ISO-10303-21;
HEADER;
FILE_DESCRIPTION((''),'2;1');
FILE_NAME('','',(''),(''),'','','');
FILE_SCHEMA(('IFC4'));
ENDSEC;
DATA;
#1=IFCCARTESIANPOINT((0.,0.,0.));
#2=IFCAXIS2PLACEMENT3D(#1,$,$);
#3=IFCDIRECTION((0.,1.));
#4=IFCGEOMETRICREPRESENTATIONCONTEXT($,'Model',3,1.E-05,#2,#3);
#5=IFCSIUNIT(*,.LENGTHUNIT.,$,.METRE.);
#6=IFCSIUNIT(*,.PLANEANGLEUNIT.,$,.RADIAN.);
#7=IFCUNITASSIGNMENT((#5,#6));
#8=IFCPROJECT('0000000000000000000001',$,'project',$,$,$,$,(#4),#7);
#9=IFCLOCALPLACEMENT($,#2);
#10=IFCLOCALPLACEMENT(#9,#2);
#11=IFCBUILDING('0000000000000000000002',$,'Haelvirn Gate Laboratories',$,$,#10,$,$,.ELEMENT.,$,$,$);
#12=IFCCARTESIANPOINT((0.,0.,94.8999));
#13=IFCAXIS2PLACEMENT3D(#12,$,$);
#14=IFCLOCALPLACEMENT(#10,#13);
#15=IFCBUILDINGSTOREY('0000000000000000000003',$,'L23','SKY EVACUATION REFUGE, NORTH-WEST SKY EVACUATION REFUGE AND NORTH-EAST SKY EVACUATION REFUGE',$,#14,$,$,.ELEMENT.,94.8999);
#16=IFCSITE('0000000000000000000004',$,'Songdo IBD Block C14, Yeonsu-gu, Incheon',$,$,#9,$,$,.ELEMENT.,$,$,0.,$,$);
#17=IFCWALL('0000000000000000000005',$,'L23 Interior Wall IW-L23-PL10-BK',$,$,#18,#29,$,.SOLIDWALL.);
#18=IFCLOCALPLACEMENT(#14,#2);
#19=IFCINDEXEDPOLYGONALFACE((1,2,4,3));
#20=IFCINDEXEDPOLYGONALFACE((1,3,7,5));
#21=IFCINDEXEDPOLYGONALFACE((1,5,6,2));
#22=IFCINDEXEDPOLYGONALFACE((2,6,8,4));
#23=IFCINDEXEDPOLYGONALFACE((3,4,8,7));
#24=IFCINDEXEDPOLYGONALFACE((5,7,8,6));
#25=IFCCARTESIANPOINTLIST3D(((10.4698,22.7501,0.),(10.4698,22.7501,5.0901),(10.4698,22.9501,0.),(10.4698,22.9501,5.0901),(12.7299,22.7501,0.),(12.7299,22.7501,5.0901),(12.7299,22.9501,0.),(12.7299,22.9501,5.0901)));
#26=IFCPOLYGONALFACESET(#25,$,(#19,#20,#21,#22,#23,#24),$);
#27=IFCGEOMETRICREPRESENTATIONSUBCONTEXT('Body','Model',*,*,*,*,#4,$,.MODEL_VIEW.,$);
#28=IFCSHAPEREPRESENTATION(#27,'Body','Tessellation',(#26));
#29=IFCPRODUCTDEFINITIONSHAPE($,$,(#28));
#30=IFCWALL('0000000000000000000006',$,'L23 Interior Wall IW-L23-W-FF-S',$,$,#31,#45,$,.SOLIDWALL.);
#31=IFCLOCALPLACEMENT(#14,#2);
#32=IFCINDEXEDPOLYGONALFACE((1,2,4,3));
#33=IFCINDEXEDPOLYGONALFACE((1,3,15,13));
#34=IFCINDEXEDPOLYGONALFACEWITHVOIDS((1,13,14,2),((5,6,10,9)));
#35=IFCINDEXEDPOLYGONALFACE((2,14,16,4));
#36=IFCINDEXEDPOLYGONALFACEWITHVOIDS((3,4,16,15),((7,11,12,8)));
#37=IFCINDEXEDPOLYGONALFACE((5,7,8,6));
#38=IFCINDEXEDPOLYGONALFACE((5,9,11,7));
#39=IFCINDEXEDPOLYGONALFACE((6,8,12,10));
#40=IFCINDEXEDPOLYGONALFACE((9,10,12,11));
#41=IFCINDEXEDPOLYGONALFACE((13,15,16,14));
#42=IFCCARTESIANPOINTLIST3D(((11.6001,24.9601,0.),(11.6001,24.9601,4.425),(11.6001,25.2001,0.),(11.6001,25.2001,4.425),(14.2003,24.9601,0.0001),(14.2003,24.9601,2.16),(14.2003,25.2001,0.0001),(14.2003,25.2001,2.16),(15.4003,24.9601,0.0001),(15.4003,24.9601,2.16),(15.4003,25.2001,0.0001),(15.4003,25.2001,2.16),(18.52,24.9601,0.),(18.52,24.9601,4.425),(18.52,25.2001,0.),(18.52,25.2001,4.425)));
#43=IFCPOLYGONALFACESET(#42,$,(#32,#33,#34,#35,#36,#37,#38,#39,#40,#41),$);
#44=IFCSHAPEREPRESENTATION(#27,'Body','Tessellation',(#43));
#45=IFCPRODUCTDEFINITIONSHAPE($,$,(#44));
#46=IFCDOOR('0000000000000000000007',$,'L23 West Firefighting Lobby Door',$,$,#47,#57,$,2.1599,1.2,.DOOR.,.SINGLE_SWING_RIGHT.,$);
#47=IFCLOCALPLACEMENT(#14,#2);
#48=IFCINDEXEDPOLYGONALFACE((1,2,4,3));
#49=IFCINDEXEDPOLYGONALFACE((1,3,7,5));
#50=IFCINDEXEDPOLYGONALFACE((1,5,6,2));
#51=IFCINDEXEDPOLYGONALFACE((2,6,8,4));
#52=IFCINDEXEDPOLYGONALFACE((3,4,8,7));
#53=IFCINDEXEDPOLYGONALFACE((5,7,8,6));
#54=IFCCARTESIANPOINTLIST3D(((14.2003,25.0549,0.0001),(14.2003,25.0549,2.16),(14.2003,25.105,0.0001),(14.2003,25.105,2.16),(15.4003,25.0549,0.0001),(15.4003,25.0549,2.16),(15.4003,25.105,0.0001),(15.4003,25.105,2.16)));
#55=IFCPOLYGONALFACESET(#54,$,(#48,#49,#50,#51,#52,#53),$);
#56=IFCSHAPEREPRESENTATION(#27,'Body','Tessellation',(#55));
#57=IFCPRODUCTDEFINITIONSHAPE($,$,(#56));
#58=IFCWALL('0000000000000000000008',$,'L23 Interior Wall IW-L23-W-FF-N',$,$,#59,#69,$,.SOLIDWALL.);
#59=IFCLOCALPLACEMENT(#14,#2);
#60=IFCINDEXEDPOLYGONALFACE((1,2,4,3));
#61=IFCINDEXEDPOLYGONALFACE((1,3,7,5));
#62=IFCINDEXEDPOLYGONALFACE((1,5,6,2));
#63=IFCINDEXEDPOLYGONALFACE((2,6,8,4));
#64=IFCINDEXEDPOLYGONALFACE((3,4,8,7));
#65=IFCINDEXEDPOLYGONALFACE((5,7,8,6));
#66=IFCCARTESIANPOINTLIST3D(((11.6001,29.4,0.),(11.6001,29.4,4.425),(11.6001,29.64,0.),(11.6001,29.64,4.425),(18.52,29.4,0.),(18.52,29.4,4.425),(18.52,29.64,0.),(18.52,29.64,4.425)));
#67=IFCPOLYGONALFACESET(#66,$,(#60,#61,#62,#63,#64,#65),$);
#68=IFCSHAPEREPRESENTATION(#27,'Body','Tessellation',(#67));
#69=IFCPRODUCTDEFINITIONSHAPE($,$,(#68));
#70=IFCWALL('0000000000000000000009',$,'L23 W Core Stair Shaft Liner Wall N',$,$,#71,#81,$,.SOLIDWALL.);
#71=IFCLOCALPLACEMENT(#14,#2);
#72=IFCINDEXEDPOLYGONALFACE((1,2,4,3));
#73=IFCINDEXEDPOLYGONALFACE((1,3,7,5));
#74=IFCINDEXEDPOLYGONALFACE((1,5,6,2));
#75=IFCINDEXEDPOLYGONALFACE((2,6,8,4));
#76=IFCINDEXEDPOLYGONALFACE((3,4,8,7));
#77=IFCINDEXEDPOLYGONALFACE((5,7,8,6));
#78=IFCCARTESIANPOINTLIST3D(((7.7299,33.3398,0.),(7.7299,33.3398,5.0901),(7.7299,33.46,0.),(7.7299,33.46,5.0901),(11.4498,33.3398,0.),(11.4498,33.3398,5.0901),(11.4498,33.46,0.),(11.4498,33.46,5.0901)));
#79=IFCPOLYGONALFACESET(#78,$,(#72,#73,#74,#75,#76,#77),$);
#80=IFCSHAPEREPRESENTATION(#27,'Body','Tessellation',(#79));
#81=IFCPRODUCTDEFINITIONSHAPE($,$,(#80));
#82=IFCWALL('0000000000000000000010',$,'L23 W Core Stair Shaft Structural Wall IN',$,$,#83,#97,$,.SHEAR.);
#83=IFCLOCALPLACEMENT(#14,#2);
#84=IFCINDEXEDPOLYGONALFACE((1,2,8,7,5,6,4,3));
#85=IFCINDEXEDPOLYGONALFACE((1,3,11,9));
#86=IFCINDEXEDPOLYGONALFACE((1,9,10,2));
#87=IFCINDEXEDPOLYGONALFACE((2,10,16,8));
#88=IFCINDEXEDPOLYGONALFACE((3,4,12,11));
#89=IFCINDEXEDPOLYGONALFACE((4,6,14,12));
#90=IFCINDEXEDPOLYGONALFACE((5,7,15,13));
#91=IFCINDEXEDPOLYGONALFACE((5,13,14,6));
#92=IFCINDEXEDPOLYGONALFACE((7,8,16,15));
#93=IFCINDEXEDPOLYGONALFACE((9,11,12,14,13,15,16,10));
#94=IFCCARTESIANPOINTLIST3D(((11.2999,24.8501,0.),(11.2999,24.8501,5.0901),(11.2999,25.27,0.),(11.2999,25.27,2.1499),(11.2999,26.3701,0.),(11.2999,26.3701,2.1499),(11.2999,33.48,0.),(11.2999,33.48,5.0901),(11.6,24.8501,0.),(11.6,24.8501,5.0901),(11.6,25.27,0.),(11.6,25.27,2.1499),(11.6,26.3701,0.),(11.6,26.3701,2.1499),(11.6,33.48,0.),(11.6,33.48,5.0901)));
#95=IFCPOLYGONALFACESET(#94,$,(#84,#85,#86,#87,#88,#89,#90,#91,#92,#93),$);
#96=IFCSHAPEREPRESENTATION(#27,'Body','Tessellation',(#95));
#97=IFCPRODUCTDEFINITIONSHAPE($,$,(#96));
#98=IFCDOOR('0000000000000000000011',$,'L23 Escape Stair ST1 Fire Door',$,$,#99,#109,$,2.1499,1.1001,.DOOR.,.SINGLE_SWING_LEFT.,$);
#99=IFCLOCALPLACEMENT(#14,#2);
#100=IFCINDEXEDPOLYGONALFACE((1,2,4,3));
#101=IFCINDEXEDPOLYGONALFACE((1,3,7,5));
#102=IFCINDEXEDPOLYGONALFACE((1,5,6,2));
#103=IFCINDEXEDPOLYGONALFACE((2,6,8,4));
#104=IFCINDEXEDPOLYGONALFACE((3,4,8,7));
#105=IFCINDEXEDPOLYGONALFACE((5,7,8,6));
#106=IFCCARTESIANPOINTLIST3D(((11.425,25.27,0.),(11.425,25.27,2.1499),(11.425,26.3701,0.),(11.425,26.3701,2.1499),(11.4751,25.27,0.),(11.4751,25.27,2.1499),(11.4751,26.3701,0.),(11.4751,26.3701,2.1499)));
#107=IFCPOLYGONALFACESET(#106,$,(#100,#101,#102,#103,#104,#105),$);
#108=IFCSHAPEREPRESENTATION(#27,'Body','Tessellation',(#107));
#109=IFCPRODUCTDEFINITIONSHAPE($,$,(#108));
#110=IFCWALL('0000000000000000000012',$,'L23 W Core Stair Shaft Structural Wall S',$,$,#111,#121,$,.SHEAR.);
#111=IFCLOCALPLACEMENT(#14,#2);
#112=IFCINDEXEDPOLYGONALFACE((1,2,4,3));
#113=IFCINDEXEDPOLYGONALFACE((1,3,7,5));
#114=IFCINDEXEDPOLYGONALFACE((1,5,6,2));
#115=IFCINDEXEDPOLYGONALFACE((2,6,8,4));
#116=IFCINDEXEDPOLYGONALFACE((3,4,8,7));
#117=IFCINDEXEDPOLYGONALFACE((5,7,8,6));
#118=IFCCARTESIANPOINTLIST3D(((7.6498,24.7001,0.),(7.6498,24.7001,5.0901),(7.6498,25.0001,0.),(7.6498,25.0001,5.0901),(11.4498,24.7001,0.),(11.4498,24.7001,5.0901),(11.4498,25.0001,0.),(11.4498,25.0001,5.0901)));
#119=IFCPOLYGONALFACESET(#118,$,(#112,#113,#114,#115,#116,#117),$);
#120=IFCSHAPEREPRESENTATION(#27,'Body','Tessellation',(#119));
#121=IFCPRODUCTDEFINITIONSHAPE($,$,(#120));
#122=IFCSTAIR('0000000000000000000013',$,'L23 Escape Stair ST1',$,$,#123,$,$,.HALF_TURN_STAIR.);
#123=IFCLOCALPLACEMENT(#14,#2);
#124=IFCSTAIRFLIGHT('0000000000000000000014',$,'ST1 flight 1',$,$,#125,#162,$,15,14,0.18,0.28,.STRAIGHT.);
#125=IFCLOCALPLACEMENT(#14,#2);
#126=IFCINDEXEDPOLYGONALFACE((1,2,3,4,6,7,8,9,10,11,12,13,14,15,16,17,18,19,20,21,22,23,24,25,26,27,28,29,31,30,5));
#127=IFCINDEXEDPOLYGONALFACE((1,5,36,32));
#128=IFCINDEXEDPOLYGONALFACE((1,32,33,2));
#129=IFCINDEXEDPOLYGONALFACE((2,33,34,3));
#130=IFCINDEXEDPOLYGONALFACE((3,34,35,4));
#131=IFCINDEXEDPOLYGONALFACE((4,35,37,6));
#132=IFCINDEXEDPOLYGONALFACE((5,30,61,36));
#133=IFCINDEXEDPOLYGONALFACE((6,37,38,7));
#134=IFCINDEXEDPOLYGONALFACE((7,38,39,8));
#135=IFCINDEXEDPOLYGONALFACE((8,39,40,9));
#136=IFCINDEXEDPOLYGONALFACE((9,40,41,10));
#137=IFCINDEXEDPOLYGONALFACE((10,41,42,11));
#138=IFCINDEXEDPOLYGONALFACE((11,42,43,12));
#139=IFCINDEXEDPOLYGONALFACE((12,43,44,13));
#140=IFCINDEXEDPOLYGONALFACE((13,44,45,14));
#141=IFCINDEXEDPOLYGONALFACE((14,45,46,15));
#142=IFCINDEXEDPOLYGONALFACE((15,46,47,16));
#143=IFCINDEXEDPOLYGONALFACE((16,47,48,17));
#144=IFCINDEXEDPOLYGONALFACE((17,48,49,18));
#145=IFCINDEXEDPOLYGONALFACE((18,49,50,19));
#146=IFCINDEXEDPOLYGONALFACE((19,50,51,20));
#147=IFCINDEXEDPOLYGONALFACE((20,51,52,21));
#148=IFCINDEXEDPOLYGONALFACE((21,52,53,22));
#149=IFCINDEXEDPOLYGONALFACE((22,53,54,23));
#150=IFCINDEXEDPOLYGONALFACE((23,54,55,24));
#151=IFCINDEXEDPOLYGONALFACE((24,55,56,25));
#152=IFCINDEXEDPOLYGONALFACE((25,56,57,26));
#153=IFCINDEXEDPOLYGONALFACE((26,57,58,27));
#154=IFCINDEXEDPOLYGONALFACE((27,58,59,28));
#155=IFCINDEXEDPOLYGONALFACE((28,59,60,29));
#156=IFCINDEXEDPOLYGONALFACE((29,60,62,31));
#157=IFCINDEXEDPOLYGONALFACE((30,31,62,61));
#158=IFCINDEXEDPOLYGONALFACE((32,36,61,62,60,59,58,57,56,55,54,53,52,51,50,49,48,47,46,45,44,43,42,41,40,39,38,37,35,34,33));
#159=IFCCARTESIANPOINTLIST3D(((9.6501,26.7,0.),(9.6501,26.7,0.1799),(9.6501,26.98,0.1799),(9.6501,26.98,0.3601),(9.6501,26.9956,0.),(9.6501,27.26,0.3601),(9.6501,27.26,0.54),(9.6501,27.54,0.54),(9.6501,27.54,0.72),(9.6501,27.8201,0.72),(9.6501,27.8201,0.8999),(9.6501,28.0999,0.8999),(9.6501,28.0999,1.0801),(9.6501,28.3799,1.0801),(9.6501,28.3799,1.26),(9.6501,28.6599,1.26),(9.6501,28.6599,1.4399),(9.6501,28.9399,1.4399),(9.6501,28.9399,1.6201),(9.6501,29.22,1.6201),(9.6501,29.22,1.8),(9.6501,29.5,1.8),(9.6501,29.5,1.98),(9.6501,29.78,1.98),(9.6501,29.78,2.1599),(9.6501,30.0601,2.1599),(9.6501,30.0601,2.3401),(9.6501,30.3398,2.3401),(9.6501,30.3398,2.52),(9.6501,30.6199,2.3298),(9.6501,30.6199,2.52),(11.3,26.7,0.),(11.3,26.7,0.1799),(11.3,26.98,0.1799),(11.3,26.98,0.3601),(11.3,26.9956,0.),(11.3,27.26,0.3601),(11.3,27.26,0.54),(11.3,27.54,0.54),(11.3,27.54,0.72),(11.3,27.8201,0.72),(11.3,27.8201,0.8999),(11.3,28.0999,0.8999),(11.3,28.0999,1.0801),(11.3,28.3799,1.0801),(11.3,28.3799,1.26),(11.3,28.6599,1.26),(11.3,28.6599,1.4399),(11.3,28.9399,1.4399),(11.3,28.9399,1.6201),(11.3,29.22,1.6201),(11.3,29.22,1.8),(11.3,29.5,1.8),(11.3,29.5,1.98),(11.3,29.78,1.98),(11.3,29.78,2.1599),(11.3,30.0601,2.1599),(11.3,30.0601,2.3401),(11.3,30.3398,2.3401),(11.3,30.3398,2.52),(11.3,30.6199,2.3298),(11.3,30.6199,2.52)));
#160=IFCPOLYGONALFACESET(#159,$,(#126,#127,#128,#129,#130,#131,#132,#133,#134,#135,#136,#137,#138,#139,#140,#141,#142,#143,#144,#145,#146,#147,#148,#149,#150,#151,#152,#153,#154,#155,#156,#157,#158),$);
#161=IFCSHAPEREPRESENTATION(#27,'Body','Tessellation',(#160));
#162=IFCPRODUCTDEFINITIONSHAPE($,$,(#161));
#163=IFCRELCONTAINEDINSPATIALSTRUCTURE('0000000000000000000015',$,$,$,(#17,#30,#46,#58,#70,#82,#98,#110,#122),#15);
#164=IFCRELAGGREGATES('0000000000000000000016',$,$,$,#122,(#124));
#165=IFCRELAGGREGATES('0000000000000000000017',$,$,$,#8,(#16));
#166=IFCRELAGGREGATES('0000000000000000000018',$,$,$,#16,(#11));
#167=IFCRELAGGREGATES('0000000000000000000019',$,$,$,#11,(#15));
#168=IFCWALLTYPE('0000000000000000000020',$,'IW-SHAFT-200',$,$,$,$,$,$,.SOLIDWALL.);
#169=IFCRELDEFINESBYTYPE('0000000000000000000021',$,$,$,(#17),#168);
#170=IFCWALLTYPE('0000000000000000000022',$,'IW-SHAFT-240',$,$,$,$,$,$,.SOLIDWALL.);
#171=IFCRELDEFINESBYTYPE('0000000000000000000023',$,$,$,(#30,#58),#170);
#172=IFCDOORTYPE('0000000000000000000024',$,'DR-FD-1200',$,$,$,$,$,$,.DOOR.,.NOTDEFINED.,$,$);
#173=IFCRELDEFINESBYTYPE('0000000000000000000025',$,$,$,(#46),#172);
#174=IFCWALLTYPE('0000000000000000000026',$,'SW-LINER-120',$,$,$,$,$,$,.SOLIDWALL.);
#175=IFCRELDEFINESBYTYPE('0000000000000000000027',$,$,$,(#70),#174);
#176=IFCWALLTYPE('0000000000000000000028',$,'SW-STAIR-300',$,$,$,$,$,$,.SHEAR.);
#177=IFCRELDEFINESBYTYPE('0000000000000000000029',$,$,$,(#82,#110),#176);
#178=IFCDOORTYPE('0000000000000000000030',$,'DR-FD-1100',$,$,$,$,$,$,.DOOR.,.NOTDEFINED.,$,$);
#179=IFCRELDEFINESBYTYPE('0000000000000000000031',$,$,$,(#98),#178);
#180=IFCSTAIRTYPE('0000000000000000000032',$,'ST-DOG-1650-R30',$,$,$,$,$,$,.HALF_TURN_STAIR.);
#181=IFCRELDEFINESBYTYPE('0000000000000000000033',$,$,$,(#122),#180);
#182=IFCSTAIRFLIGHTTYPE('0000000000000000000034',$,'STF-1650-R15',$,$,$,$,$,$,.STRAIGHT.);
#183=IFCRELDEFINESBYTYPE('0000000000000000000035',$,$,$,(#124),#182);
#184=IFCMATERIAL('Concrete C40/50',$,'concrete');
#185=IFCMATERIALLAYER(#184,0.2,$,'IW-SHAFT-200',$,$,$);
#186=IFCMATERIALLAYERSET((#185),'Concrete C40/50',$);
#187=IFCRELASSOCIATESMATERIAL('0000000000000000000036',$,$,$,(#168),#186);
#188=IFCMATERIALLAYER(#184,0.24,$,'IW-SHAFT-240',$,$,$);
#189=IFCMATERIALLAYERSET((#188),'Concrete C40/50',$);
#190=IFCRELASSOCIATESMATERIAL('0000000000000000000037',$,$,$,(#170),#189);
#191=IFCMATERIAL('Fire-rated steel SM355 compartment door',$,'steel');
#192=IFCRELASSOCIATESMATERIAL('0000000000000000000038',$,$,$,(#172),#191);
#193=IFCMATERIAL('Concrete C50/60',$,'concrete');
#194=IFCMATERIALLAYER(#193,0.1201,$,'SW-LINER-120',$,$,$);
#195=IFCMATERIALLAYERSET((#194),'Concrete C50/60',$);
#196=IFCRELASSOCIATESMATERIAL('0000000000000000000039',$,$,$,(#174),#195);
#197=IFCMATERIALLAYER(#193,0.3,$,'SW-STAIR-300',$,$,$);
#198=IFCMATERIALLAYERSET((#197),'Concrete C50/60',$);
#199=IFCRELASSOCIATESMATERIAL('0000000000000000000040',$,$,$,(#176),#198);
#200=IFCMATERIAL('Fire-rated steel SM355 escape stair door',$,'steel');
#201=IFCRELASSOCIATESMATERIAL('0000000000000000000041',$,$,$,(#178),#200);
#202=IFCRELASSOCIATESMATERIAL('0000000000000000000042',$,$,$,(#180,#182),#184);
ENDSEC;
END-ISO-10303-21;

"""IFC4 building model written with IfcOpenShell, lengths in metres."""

from ifc_helpers import new_model, si_unit, direction, frame, frame_2d, origin, place, context, subcontext, project, spatial, polyline, rectangle, outline, extrude, source, transform, mapped, material, layer, layer_set, type_object, type_shapes, element, fill, aggregate, save


model = new_model("IFC4")

# Units and contexts
model_context = context("Model", 3, precision=1e-05, world=origin(), true_north=direction((0.0, 1.0)))
body_context = subcontext(model_context, "Body", "Model", "MODEL_VIEW")
ifc_project = project(units=[si_unit("LENGTHUNIT", "METRE"), si_unit("PLANEANGLEUNIT", "RADIAN")], contexts=[model_context])

# Site, building, storey
site_placement = place(None, origin())
site = spatial("IfcSite", under=ifc_project, at=site_placement, Name="Songdo IBD Block C14, Yeonsu-gu, Incheon", CompositionType="ELEMENT", RefElevation=0.0)
building_placement = place(site_placement, origin())
building = spatial("IfcBuilding", under=site, at=building_placement, Name="Haelvirn Gate Laboratories", CompositionType="ELEMENT")
storey_placement = place(building_placement, frame((0.0, 0.0, 94.8999)))
storey = spatial("IfcBuildingStorey", under=building, at=storey_placement, Name="L23", Description="SKY EVACUATION REFUGE, NORTH-WEST SKY EVACUATION REFUGE AND NORTH-EAST SKY EVACUATION REFUGE", CompositionType="ELEMENT", Elevation=94.8999)

# Wall
ifc_material_1 = material(Name="Concrete C40/50", Category="concrete")
ifc_layer_1 = layer(ifc_material_1, 0.2, Name="IW-SHAFT-200")
ifc_layer_set_1 = layer_set([ifc_layer_1], Name="Concrete C40/50")
wall_type_1 = type_object("IfcWallType", Name="IW-SHAFT-200", PredefinedType="SOLIDWALL", material=ifc_layer_set_1)
wall_1_placement = place(storey_placement, frame((10.47, 22.8501, 0.0), z_axis=(0.0, 0.0, 1.0), x_axis=(1.0, 0.0, 0.0)))
element("IfcWall", 1, at=wall_1_placement, inside=storey, type_object=wall_type_1, Name="L23 Interior Wall IW-L23-PL10-BK", PredefinedType="SOLIDWALL", context=body_context, shape_type="SweptSolid", body=[
    extrude(rectangle(XDim=2.26, YDim=0.2, at=frame_2d((1.1299, 0.0))), origin(), (0.0, 0.0, 1.0), 5.0901),
])

# Wall, opening, door
ifc_layer_2 = layer(ifc_material_1, 0.24, Name="IW-SHAFT-240")
ifc_layer_set_2 = layer_set([ifc_layer_2], Name="Concrete C40/50")
wall_type_2 = type_object("IfcWallType", Name="IW-SHAFT-240", PredefinedType="SOLIDWALL", material=ifc_layer_set_2)
wall_2_placement = place(storey_placement, frame((11.6001, 25.0801, 0.0), z_axis=(0.0, 0.0, 1.0), x_axis=(1.0, 0.0, 0.0)))
wall_2 = element("IfcWall", 2, at=wall_2_placement, inside=storey, type_object=wall_type_2, Name="L23 Interior Wall IW-L23-W-FF-S", PredefinedType="SOLIDWALL", context=body_context, shape_type="SweptSolid", body=[
    extrude(rectangle(XDim=6.9199, YDim=0.24, at=frame_2d((3.46, 0.0))), origin(), (0.0, 0.0, 1.0), 4.425),
])
opening_1_placement = place(wall_2_placement, frame((2.6001, 0.0, 0.0)))
opening_1 = element("IfcOpeningElement", 3, at=opening_1_placement, cuts=wall_2, PredefinedType="OPENING", context=body_context, shape_type="SweptSolid", body=[
    extrude(rectangle(XDim=1.2, YDim=2.1599, at=frame_2d((0.6001, 1.0801))), frame((0.0, 0.1299, 0.0), z_axis=(0.0, -1.0, 0.0), x_axis=(1.0, 0.0, 0.0)), (0.0, 0.0, 1.0), 0.26),
])
ifc_material_2 = material(Name="Fire-rated steel SM355 compartment door", Category="steel")
door_type_1 = type_object("IfcDoorType", Name="DR-FD-1200", OperationType="NOTDEFINED", PredefinedType="DOOR", material=ifc_material_2)
shared_shape_1 = source(origin(), body_context, "Body", "SweptSolid", [
    extrude(rectangle(XDim=1.2, YDim=2.1599, at=frame_2d((0.6001, 1.0801))), frame((0.0, 0.0249, 0.0), z_axis=(0.0, -1.0, 0.0), x_axis=(1.0, 0.0, 0.0)), (0.0, 0.0, 1.0), 0.05),
])
type_shapes(door_type_1, [shared_shape_1])
door_1_placement = place(opening_1_placement, origin())
door_1 = element("IfcDoor", 4, at=door_1_placement, inside=storey, type_object=door_type_1, Name="L23 West Firefighting Lobby Door", OperationType="SINGLE_SWING_RIGHT", OverallHeight=2.1599, OverallWidth=1.2, PredefinedType="DOOR", context=body_context, shape_type="MappedRepresentation", body=[
    mapped(shared_shape_1, transform((0.0, 0.0, 0.0), scale=1.0)),
])
fill(opening_1, door_1)

# Wall
wall_3_placement = place(storey_placement, frame((11.6001, 29.52, 0.0), z_axis=(0.0, 0.0, 1.0), x_axis=(1.0, 0.0, 0.0)))
element("IfcWall", 5, at=wall_3_placement, inside=storey, type_object=wall_type_2, Name="L23 Interior Wall IW-L23-W-FF-N", PredefinedType="SOLIDWALL", context=body_context, shape_type="SweptSolid", body=[
    extrude(rectangle(XDim=6.9199, YDim=0.24, at=frame_2d((3.46, 0.0))), origin(), (0.0, 0.0, 1.0), 4.425),
])

# Wall
ifc_material_3 = material(Name="Concrete C50/60", Category="concrete")
ifc_layer_3 = layer(ifc_material_3, 0.1201, Name="SW-LINER-120")
ifc_layer_set_3 = layer_set([ifc_layer_3], Name="Concrete C50/60")
wall_type_3 = type_object("IfcWallType", Name="SW-LINER-120", PredefinedType="SOLIDWALL", material=ifc_layer_set_3)
wall_4_placement = place(storey_placement, frame((7.73, 33.3999, 0.0), z_axis=(0.0, 0.0, 1.0), x_axis=(1.0, 0.0, 0.0)))
element("IfcWall", 6, at=wall_4_placement, inside=storey, type_object=wall_type_3, Name="L23 W Core Stair Shaft Liner Wall N", PredefinedType="SOLIDWALL", context=body_context, shape_type="SweptSolid", body=[
    extrude(rectangle(XDim=3.72, YDim=0.1201, at=frame_2d((1.8599, 0.0))), origin(), (0.0, 0.0, 1.0), 5.0901),
])

# Wall, opening, door
ifc_layer_4 = layer(ifc_material_3, 0.3, Name="SW-STAIR-300")
ifc_layer_set_4 = layer_set([ifc_layer_4], Name="Concrete C50/60")
wall_type_4 = type_object("IfcWallType", Name="SW-STAIR-300", PredefinedType="SHEAR", material=ifc_layer_set_4)
wall_5_placement = place(storey_placement, frame((11.45, 24.8501, 0.0), z_axis=(0.0, 0.0, 1.0), x_axis=(0.0, 1.0, 0.0)))
wall_5 = element("IfcWall", 7, at=wall_5_placement, inside=storey, type_object=wall_type_4, Name="L23 W Core Stair Shaft Structural Wall IN", PredefinedType="SHEAR", context=body_context, shape_type="SweptSolid", body=[
    extrude(rectangle(XDim=8.6299, YDim=0.3, at=frame_2d((4.3149, 0.0))), origin(), (0.0, 0.0, 1.0), 5.0901),
])
opening_2_placement = place(wall_5_placement, frame((0.4199, 0.0, 0.0)))
opening_2 = element("IfcOpeningElement", 8, at=opening_2_placement, cuts=wall_5, PredefinedType="OPENING", context=body_context, shape_type="SweptSolid", body=[
    extrude(rectangle(XDim=1.1001, YDim=2.1499, at=frame_2d((0.55, 1.075))), frame((0.0, 0.1602, 0.0), z_axis=(0.0, -1.0, 0.0), x_axis=(1.0, 0.0, 0.0)), (0.0, 0.0, 1.0), 0.3201),
])
ifc_material_4 = material(Name="Fire-rated steel SM355 escape stair door", Category="steel")
door_type_2 = type_object("IfcDoorType", Name="DR-FD-1100", OperationType="NOTDEFINED", PredefinedType="DOOR", material=ifc_material_4)
shared_shape_2 = source(origin(), body_context, "Body", "SweptSolid", [
    extrude(rectangle(XDim=1.1001, YDim=2.1499, at=frame_2d((0.55, 1.075))), frame((0.0, 0.0249, 0.0), z_axis=(0.0, -1.0, 0.0), x_axis=(1.0, 0.0, 0.0)), (0.0, 0.0, 1.0), 0.05),
])
type_shapes(door_type_2, [shared_shape_2])
door_2_placement = place(opening_2_placement, origin())
door_2 = element("IfcDoor", 9, at=door_2_placement, inside=storey, type_object=door_type_2, Name="L23 Escape Stair ST1 Fire Door", OperationType="SINGLE_SWING_LEFT", OverallHeight=2.1499, OverallWidth=1.1001, PredefinedType="DOOR", context=body_context, shape_type="MappedRepresentation", body=[
    mapped(shared_shape_2, transform((0.0, 0.0, 0.0), scale=1.0)),
])
fill(opening_2, door_2)

# Wall
wall_6_placement = place(storey_placement, frame((7.6499, 24.8501, 0.0), z_axis=(0.0, 0.0, 1.0), x_axis=(1.0, 0.0, 0.0)))
element("IfcWall", 10, at=wall_6_placement, inside=storey, type_object=wall_type_4, Name="L23 W Core Stair Shaft Structural Wall S", PredefinedType="SHEAR", context=body_context, shape_type="SweptSolid", body=[
    extrude(rectangle(XDim=3.8, YDim=0.3, at=frame_2d((1.8999, 0.0))), origin(), (0.0, 0.0, 1.0), 5.0901),
])

# Stair, stair flight
stair_type = type_object("IfcStairType", Name="ST-DOG-1650-R30", PredefinedType="HALF_TURN_STAIR", material=ifc_material_1)
stair_placement = place(storey_placement, origin())
stair = element("IfcStair", 11, at=stair_placement, inside=storey, type_object=stair_type, Name="L23 Escape Stair ST1", PredefinedType="HALF_TURN_STAIR")
stair_flight_type = type_object("IfcStairFlightType", Name="STF-1650-R15", PredefinedType="STRAIGHT", material=ifc_material_1)
shared_shape_3 = source(origin(), body_context, "Body", "SweptSolid", [
    extrude(outline(polyline([(0.0, 0.0), (0.0, 0.1799), (0.28, 0.1799), (0.28, 0.3601), (0.5601, 0.3601), (0.5601, 0.54), (0.8401, 0.54), (0.8401, 0.72), (1.1201, 0.72), (1.1201, 0.8999), (1.3999, 0.8999), (1.3999, 1.0801), (1.6799, 1.0801), (1.6799, 1.26), (1.96, 1.26), (1.96, 1.4399), (2.24, 1.4399), (2.24, 1.6201), (2.52, 1.6201), (2.52, 1.8), (2.8, 1.8), (2.8, 1.98), (3.0801, 1.98), (3.0801, 2.1599), (3.3601, 2.1599), (3.3601, 2.3401), (3.6399, 2.3401), (3.6399, 2.52), (3.9199, 2.52), (3.9199, 2.7), (3.9199, 2.3298), (0.2957, 0.0), (0.0, 0.0)])), frame((0.0, 0.825, 0.0), z_axis=(0.0, -1.0, 0.0), x_axis=(1.0, 0.0, 0.0)), (0.0, 0.0, 1.0), 1.6499),
])
type_shapes(stair_flight_type, [shared_shape_3])
stair_flight_1_placement = place(storey_placement, frame((10.4751, 26.7, 0.0), z_axis=(0.0, 0.0, 1.0), x_axis=(0.0, 1.0, 0.0)))
stair_flight_1 = element("IfcStairFlight", 12, at=stair_flight_1_placement, type_object=stair_flight_type, Name="ST1 flight 1", NumberOfRisers=15, NumberOfTreads=14, PredefinedType="STRAIGHT", RiserHeight=0.18, TreadLength=0.28, context=body_context, shape_type="MappedRepresentation", body=[
    mapped(shared_shape_3, transform((0.0, 0.0, 0.0), scale=1.0)),
])
aggregate(stair, [stair_flight_1])

save(model, "model.ifc")
